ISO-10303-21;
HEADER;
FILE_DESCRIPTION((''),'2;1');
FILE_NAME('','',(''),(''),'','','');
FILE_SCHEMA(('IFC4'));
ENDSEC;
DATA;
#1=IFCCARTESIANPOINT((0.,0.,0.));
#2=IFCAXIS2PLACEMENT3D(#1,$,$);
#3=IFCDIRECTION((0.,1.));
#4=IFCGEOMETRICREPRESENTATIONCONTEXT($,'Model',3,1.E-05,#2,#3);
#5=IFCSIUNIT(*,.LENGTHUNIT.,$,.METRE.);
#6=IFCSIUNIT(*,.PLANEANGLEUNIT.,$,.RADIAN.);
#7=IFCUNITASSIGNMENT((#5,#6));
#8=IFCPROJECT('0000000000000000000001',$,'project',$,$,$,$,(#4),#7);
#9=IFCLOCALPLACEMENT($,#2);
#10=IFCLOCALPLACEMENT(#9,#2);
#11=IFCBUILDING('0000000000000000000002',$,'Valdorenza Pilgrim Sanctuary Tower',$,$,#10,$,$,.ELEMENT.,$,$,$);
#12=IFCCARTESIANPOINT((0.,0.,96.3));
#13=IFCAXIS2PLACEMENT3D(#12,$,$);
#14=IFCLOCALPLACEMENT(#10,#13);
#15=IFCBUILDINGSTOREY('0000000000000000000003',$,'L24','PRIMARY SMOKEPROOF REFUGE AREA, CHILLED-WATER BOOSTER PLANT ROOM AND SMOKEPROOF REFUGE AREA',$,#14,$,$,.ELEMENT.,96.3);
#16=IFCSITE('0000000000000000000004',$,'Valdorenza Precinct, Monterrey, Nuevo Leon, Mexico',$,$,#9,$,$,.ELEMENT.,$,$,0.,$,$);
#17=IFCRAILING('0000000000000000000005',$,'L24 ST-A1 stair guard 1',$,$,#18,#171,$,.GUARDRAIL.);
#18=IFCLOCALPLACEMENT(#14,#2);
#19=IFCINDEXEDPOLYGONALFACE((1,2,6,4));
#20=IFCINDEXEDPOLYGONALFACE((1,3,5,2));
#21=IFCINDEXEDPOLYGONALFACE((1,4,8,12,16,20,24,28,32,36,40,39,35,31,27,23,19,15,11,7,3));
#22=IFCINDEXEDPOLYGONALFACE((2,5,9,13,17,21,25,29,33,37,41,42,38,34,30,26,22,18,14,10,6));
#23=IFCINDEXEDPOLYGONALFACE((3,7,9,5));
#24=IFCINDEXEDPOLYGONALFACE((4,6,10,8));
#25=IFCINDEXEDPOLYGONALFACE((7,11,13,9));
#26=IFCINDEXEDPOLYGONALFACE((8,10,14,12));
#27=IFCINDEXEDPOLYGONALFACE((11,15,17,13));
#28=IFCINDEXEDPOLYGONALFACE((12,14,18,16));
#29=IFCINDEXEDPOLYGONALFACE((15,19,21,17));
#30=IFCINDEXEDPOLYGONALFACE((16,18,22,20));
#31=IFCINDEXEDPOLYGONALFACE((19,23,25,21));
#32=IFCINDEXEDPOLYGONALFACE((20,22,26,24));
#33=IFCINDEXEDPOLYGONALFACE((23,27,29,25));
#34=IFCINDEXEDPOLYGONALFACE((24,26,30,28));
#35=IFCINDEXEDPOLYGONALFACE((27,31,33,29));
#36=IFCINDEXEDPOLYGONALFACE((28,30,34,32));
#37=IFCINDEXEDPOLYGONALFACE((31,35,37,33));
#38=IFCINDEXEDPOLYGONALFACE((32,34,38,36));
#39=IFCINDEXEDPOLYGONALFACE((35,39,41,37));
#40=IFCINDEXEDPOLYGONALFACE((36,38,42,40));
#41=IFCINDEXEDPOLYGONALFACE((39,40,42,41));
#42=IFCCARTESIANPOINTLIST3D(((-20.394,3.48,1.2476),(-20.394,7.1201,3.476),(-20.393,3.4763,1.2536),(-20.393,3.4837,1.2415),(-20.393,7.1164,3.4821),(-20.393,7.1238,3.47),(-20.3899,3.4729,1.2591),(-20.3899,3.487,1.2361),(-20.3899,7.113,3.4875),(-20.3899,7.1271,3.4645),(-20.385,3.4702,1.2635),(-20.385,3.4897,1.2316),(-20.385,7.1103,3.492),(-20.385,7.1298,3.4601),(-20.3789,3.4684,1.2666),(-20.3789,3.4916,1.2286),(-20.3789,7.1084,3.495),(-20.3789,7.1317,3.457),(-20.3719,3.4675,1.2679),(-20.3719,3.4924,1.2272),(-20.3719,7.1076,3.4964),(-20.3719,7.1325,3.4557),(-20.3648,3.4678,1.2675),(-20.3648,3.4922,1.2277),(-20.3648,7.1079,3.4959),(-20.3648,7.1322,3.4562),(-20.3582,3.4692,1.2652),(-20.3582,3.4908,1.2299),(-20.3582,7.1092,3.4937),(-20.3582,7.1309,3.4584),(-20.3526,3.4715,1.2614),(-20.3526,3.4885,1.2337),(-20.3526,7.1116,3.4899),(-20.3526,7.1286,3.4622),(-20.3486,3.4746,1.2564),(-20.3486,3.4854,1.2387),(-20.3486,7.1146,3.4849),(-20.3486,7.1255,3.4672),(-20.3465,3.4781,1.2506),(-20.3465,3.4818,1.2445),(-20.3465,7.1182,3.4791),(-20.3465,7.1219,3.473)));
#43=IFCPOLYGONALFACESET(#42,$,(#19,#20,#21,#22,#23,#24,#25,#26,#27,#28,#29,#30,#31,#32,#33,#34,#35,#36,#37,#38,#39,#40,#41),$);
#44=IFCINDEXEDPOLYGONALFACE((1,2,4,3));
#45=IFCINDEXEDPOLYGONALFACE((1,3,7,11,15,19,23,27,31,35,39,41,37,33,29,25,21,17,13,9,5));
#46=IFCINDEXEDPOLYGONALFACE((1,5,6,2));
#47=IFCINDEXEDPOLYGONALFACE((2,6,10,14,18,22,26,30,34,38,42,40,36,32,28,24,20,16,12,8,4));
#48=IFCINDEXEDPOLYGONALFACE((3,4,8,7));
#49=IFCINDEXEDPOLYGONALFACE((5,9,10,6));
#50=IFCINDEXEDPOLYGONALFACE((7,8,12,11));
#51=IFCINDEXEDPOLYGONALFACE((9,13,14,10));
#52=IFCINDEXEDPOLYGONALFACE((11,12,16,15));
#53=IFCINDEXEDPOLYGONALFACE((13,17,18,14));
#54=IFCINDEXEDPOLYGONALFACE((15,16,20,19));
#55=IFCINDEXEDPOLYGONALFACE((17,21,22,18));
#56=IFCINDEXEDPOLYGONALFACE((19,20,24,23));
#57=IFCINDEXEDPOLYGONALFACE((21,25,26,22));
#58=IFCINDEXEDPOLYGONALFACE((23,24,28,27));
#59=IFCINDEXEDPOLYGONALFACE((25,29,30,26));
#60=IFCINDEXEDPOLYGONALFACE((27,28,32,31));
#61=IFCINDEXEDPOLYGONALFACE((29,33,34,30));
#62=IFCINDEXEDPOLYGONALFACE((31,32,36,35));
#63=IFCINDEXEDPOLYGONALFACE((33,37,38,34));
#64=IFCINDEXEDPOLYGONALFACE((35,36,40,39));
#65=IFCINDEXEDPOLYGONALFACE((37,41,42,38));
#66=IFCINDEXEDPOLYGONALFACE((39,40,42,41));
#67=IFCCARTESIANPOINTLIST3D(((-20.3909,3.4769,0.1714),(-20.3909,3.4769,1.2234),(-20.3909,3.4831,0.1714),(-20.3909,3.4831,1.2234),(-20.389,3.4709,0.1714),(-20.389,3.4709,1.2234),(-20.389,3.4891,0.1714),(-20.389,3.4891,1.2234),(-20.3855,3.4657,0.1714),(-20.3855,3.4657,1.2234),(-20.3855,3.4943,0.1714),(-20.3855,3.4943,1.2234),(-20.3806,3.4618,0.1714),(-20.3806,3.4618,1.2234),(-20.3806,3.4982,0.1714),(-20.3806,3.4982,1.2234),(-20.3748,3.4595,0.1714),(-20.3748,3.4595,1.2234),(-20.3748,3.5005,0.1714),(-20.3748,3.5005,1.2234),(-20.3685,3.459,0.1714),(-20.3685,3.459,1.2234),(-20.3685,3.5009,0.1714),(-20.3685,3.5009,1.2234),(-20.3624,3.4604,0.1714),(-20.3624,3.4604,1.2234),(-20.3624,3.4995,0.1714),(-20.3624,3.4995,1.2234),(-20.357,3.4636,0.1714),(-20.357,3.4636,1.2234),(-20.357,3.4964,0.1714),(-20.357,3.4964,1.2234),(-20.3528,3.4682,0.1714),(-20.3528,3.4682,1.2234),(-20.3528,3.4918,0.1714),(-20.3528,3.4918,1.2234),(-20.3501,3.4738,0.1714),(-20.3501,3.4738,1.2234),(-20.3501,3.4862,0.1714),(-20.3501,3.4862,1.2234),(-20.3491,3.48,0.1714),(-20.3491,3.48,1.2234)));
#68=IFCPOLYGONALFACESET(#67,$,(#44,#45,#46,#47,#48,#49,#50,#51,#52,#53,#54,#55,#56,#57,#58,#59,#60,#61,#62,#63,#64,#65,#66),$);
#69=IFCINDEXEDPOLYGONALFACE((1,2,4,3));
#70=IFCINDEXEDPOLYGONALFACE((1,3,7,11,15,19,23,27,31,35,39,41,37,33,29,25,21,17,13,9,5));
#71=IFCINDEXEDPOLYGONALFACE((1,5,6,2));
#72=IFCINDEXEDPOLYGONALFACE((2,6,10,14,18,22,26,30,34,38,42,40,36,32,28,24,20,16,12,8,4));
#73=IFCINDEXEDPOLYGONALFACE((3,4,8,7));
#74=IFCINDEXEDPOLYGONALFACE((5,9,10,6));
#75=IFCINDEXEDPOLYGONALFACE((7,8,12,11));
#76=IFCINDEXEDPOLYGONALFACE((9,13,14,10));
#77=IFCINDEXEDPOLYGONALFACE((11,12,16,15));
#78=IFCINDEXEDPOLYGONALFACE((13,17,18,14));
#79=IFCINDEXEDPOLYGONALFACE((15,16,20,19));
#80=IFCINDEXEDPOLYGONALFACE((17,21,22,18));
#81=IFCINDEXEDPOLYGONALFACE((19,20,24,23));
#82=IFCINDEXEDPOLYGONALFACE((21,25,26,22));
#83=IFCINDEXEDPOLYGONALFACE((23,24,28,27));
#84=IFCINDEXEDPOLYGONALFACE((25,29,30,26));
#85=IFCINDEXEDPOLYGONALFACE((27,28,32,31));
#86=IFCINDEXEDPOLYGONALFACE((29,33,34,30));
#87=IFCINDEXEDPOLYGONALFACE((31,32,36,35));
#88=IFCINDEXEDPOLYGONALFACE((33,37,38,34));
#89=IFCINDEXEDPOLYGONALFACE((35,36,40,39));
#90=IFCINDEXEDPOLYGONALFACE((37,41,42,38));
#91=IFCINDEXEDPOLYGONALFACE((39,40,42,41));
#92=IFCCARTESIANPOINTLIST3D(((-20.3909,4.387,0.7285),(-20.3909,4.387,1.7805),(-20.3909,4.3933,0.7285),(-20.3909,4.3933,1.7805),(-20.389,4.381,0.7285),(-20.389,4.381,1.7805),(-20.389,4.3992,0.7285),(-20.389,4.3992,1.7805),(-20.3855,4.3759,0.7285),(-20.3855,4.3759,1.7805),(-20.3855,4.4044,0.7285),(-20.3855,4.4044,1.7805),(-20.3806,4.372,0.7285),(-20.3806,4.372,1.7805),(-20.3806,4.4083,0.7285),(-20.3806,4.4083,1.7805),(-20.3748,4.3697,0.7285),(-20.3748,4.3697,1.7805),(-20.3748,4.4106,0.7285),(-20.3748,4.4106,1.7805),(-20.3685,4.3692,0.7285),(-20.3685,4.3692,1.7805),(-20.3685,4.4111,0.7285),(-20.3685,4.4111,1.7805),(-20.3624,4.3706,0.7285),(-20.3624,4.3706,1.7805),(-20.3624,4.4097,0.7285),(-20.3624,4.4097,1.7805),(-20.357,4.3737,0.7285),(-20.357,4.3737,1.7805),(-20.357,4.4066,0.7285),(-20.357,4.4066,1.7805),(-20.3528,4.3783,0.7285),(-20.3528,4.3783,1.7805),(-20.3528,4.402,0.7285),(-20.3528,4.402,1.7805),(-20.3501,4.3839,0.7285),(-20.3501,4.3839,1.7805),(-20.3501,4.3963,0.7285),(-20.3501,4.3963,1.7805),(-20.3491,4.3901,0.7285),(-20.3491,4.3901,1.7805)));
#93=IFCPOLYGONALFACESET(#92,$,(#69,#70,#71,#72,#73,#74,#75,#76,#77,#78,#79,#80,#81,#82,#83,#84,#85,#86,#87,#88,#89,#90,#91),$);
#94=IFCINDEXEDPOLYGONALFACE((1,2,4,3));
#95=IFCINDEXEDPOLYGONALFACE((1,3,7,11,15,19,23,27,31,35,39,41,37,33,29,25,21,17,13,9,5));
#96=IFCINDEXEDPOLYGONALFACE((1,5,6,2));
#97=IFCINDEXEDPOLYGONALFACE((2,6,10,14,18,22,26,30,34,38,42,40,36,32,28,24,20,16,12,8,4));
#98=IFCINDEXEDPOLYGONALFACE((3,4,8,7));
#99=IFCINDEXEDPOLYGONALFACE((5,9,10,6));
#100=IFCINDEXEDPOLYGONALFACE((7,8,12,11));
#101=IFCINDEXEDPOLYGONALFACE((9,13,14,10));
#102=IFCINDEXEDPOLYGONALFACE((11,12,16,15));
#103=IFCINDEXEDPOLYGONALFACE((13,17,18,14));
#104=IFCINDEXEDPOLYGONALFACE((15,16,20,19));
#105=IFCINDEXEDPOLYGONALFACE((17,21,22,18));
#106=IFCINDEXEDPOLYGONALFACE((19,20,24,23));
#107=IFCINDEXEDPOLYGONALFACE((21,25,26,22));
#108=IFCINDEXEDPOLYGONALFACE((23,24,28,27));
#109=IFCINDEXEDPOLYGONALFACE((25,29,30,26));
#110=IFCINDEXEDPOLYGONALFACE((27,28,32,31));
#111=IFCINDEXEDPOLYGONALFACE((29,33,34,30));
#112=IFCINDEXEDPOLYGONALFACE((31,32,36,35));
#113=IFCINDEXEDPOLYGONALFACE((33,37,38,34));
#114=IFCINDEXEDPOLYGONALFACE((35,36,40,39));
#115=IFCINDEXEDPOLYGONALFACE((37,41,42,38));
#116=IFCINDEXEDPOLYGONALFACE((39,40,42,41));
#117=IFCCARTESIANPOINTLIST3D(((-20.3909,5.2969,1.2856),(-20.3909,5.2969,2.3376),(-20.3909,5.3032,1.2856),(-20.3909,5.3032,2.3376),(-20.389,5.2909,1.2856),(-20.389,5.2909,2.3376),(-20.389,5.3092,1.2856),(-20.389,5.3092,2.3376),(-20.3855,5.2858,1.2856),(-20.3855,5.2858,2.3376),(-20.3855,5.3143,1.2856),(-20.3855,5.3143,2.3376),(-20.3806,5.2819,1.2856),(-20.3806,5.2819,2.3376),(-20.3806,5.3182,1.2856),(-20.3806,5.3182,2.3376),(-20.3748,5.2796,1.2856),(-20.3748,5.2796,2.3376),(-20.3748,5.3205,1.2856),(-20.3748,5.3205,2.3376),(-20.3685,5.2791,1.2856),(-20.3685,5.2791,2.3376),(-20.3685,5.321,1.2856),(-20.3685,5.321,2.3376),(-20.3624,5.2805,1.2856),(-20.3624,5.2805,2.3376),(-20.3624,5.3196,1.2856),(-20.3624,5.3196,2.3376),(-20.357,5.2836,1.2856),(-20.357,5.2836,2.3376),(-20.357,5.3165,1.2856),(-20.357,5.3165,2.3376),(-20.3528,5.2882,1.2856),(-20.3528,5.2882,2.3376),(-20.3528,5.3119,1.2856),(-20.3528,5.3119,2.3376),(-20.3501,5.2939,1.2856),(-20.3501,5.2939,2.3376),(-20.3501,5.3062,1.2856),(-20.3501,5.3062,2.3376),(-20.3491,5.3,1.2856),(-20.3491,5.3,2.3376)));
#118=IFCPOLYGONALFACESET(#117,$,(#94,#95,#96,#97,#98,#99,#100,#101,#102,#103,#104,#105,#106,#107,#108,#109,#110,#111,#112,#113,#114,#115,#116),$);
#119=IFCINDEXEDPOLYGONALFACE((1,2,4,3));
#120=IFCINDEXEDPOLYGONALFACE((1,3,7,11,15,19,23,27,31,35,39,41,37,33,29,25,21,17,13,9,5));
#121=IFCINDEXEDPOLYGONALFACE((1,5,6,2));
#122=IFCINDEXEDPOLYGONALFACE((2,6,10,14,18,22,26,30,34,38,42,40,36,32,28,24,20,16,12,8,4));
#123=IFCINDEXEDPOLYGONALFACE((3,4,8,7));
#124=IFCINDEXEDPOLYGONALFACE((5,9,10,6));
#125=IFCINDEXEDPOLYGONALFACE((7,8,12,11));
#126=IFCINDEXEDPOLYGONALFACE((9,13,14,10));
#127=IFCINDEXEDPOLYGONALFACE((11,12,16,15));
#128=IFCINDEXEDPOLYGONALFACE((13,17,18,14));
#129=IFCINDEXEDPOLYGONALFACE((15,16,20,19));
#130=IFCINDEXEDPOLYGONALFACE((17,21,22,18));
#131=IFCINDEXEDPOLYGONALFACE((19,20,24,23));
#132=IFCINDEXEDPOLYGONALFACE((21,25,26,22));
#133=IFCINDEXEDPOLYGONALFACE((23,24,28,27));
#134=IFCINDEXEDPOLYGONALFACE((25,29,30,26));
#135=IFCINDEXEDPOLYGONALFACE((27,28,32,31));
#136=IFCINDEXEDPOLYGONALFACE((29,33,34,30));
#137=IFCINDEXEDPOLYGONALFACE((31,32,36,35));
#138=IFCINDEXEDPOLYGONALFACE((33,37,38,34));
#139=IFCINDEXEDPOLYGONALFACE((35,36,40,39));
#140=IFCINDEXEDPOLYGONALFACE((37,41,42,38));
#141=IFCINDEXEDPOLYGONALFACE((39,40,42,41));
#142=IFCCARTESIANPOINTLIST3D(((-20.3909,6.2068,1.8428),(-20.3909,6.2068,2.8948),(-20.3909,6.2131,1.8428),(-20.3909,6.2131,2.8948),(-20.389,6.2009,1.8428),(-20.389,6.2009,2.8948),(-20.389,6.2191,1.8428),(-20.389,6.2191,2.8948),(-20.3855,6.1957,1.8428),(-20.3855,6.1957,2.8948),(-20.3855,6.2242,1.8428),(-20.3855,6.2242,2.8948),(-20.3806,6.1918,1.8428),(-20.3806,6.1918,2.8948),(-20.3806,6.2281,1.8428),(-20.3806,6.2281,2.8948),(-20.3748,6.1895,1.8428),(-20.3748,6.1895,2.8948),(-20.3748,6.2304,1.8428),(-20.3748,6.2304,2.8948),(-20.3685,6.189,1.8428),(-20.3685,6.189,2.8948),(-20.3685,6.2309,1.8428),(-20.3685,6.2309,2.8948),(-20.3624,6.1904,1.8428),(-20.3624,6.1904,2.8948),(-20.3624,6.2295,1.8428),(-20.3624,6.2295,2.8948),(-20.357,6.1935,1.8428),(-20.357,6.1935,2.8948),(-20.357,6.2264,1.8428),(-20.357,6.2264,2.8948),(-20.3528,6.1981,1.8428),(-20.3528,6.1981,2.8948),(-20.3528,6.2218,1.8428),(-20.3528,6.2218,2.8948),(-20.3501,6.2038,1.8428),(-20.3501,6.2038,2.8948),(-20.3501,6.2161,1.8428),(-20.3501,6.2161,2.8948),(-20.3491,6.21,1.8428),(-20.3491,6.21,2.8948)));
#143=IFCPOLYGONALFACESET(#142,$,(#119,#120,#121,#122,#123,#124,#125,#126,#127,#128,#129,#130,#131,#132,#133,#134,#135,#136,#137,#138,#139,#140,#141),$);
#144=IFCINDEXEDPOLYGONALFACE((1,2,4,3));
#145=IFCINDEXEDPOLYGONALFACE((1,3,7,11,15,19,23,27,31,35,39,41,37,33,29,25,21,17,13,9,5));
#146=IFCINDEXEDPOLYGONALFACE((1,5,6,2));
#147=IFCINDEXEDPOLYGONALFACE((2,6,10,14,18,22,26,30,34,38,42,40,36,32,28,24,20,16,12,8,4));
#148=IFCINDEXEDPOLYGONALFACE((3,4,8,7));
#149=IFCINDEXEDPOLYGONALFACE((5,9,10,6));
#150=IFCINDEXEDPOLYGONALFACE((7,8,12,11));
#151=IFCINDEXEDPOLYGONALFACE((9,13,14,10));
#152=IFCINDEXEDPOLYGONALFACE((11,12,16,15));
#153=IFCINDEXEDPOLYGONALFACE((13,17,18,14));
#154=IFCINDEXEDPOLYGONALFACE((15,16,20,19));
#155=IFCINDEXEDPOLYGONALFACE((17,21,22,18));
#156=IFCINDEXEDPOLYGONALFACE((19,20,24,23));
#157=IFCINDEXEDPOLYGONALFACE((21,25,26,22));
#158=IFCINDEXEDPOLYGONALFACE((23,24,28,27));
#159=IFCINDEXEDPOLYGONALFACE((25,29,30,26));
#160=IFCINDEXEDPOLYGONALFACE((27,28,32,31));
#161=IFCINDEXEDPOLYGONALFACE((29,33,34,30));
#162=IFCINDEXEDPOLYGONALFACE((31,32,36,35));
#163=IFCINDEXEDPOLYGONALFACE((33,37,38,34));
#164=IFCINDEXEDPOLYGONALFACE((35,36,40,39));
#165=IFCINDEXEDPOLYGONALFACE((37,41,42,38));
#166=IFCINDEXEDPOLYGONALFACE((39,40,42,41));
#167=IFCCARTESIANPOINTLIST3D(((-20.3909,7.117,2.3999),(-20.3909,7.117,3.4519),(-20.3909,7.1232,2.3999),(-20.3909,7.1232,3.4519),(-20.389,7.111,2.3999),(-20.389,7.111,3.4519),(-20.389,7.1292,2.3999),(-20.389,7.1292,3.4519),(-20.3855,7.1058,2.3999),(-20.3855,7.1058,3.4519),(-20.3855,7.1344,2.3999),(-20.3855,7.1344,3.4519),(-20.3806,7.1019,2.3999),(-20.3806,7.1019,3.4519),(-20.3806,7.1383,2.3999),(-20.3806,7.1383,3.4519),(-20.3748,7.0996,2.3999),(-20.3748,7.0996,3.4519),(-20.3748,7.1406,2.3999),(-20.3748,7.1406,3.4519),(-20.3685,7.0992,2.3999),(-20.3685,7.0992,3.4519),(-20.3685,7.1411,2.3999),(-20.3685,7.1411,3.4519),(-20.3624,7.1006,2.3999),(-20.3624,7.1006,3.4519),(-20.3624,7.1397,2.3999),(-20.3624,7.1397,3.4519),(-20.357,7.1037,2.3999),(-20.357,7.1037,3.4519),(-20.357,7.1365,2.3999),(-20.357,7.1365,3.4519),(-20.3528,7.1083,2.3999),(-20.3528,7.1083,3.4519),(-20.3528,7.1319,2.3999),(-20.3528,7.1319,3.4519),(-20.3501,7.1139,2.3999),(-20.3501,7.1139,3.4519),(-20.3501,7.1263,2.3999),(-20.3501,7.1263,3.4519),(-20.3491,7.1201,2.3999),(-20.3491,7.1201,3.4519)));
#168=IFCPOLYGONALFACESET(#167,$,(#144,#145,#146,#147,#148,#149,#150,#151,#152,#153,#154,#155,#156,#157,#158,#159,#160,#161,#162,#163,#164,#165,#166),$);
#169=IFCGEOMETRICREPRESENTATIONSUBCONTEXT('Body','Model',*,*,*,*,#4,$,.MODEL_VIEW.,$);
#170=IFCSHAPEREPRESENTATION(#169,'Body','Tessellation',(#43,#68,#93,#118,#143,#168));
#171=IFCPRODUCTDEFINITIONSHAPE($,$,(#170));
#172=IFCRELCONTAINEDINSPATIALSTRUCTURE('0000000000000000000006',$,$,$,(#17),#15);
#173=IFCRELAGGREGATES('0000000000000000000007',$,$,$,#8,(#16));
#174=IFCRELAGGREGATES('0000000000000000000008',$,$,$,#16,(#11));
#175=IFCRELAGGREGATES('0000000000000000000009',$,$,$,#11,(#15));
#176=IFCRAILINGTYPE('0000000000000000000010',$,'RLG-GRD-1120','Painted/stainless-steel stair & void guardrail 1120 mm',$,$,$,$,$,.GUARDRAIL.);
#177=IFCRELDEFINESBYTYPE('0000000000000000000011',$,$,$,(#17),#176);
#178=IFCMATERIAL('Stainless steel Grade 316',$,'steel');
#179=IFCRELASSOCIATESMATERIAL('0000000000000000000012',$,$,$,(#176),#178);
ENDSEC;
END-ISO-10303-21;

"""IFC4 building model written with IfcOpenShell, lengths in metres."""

from ifc_helpers import new_model, si_unit, direction, frame, origin, origin_2d, place, context, subcontext, project, spatial, circle, extrude, material, type_object, element, save


model = new_model("IFC4")

# Units and contexts
model_context = context("Model", 3, precision=1e-05, world=origin(), true_north=direction((0.0, 1.0)))
body_context = subcontext(model_context, "Body", "Model", "MODEL_VIEW")
ifc_project = project(units=[si_unit("LENGTHUNIT", "METRE"), si_unit("PLANEANGLEUNIT", "RADIAN")], contexts=[model_context])

# Site, building, storey
site_placement = place(None, origin())
site = spatial("IfcSite", under=ifc_project, at=site_placement, Name="Valdorenza Precinct, Monterrey, Nuevo Leon, Mexico", CompositionType="ELEMENT", RefElevation=0.0)
building_placement = place(site_placement, origin())
building = spatial("IfcBuilding", under=site, at=building_placement, Name="Valdorenza Pilgrim Sanctuary Tower", CompositionType="ELEMENT")
storey_placement = place(building_placement, frame((0.0, 0.0, 96.3)))
storey = spatial("IfcBuildingStorey", under=building, at=storey_placement, Name="L24", Description="PRIMARY SMOKEPROOF REFUGE AREA, CHILLED-WATER BOOSTER PLANT ROOM AND SMOKEPROOF REFUGE AREA", CompositionType="ELEMENT", Elevation=96.3)

# Railing
ifc_material_1 = material(Name="Stainless steel Grade 316", Category="steel")
railing_type_1 = type_object("IfcRailingType", Name="RLG-GRD-1120", Description="Painted/stainless-steel stair & void guardrail 1120 mm", PredefinedType="GUARDRAIL", material=ifc_material_1)
railing_1_placement = place(storey_placement, frame((-20.3701, 3.48, 0.1714)))
element("IfcRailing", 1, at=railing_1_placement, inside=storey, type_object=railing_type_1, Name="L24 ST-A1 stair guard 1", PredefinedType="GUARDRAIL", context=body_context, shape_type="SweptSolid", body=[
    extrude(circle(Radius=0.0239, at=origin_2d()), frame((0.0, 0.0, 1.0762), z_axis=(0.0, 0.852866, 0.52213), x_axis=(-1.0, 0.0, 0.0)), (0.0, 0.0, 1.0), 4.2681),
    extrude(circle(Radius=0.021, at=origin_2d()), origin(), (0.0, 0.0, 1.0), 1.052),
    extrude(circle(Radius=0.021, at=origin_2d()), frame((0.0, 0.9102, 0.5571)), (0.0, 0.0, 1.0), 1.052),
    extrude(circle(Radius=0.021, at=origin_2d()), frame((0.0, 1.8201, 1.1143)), (0.0, 0.0, 1.0), 1.052),
    extrude(circle(Radius=0.021, at=origin_2d()), frame((0.0, 2.73, 1.6714)), (0.0, 0.0, 1.0), 1.052),
    extrude(circle(Radius=0.021, at=origin_2d()), frame((0.0, 3.6401, 2.2285)), (0.0, 0.0, 1.0), 1.052),
])

save(model, "model.ifc")
